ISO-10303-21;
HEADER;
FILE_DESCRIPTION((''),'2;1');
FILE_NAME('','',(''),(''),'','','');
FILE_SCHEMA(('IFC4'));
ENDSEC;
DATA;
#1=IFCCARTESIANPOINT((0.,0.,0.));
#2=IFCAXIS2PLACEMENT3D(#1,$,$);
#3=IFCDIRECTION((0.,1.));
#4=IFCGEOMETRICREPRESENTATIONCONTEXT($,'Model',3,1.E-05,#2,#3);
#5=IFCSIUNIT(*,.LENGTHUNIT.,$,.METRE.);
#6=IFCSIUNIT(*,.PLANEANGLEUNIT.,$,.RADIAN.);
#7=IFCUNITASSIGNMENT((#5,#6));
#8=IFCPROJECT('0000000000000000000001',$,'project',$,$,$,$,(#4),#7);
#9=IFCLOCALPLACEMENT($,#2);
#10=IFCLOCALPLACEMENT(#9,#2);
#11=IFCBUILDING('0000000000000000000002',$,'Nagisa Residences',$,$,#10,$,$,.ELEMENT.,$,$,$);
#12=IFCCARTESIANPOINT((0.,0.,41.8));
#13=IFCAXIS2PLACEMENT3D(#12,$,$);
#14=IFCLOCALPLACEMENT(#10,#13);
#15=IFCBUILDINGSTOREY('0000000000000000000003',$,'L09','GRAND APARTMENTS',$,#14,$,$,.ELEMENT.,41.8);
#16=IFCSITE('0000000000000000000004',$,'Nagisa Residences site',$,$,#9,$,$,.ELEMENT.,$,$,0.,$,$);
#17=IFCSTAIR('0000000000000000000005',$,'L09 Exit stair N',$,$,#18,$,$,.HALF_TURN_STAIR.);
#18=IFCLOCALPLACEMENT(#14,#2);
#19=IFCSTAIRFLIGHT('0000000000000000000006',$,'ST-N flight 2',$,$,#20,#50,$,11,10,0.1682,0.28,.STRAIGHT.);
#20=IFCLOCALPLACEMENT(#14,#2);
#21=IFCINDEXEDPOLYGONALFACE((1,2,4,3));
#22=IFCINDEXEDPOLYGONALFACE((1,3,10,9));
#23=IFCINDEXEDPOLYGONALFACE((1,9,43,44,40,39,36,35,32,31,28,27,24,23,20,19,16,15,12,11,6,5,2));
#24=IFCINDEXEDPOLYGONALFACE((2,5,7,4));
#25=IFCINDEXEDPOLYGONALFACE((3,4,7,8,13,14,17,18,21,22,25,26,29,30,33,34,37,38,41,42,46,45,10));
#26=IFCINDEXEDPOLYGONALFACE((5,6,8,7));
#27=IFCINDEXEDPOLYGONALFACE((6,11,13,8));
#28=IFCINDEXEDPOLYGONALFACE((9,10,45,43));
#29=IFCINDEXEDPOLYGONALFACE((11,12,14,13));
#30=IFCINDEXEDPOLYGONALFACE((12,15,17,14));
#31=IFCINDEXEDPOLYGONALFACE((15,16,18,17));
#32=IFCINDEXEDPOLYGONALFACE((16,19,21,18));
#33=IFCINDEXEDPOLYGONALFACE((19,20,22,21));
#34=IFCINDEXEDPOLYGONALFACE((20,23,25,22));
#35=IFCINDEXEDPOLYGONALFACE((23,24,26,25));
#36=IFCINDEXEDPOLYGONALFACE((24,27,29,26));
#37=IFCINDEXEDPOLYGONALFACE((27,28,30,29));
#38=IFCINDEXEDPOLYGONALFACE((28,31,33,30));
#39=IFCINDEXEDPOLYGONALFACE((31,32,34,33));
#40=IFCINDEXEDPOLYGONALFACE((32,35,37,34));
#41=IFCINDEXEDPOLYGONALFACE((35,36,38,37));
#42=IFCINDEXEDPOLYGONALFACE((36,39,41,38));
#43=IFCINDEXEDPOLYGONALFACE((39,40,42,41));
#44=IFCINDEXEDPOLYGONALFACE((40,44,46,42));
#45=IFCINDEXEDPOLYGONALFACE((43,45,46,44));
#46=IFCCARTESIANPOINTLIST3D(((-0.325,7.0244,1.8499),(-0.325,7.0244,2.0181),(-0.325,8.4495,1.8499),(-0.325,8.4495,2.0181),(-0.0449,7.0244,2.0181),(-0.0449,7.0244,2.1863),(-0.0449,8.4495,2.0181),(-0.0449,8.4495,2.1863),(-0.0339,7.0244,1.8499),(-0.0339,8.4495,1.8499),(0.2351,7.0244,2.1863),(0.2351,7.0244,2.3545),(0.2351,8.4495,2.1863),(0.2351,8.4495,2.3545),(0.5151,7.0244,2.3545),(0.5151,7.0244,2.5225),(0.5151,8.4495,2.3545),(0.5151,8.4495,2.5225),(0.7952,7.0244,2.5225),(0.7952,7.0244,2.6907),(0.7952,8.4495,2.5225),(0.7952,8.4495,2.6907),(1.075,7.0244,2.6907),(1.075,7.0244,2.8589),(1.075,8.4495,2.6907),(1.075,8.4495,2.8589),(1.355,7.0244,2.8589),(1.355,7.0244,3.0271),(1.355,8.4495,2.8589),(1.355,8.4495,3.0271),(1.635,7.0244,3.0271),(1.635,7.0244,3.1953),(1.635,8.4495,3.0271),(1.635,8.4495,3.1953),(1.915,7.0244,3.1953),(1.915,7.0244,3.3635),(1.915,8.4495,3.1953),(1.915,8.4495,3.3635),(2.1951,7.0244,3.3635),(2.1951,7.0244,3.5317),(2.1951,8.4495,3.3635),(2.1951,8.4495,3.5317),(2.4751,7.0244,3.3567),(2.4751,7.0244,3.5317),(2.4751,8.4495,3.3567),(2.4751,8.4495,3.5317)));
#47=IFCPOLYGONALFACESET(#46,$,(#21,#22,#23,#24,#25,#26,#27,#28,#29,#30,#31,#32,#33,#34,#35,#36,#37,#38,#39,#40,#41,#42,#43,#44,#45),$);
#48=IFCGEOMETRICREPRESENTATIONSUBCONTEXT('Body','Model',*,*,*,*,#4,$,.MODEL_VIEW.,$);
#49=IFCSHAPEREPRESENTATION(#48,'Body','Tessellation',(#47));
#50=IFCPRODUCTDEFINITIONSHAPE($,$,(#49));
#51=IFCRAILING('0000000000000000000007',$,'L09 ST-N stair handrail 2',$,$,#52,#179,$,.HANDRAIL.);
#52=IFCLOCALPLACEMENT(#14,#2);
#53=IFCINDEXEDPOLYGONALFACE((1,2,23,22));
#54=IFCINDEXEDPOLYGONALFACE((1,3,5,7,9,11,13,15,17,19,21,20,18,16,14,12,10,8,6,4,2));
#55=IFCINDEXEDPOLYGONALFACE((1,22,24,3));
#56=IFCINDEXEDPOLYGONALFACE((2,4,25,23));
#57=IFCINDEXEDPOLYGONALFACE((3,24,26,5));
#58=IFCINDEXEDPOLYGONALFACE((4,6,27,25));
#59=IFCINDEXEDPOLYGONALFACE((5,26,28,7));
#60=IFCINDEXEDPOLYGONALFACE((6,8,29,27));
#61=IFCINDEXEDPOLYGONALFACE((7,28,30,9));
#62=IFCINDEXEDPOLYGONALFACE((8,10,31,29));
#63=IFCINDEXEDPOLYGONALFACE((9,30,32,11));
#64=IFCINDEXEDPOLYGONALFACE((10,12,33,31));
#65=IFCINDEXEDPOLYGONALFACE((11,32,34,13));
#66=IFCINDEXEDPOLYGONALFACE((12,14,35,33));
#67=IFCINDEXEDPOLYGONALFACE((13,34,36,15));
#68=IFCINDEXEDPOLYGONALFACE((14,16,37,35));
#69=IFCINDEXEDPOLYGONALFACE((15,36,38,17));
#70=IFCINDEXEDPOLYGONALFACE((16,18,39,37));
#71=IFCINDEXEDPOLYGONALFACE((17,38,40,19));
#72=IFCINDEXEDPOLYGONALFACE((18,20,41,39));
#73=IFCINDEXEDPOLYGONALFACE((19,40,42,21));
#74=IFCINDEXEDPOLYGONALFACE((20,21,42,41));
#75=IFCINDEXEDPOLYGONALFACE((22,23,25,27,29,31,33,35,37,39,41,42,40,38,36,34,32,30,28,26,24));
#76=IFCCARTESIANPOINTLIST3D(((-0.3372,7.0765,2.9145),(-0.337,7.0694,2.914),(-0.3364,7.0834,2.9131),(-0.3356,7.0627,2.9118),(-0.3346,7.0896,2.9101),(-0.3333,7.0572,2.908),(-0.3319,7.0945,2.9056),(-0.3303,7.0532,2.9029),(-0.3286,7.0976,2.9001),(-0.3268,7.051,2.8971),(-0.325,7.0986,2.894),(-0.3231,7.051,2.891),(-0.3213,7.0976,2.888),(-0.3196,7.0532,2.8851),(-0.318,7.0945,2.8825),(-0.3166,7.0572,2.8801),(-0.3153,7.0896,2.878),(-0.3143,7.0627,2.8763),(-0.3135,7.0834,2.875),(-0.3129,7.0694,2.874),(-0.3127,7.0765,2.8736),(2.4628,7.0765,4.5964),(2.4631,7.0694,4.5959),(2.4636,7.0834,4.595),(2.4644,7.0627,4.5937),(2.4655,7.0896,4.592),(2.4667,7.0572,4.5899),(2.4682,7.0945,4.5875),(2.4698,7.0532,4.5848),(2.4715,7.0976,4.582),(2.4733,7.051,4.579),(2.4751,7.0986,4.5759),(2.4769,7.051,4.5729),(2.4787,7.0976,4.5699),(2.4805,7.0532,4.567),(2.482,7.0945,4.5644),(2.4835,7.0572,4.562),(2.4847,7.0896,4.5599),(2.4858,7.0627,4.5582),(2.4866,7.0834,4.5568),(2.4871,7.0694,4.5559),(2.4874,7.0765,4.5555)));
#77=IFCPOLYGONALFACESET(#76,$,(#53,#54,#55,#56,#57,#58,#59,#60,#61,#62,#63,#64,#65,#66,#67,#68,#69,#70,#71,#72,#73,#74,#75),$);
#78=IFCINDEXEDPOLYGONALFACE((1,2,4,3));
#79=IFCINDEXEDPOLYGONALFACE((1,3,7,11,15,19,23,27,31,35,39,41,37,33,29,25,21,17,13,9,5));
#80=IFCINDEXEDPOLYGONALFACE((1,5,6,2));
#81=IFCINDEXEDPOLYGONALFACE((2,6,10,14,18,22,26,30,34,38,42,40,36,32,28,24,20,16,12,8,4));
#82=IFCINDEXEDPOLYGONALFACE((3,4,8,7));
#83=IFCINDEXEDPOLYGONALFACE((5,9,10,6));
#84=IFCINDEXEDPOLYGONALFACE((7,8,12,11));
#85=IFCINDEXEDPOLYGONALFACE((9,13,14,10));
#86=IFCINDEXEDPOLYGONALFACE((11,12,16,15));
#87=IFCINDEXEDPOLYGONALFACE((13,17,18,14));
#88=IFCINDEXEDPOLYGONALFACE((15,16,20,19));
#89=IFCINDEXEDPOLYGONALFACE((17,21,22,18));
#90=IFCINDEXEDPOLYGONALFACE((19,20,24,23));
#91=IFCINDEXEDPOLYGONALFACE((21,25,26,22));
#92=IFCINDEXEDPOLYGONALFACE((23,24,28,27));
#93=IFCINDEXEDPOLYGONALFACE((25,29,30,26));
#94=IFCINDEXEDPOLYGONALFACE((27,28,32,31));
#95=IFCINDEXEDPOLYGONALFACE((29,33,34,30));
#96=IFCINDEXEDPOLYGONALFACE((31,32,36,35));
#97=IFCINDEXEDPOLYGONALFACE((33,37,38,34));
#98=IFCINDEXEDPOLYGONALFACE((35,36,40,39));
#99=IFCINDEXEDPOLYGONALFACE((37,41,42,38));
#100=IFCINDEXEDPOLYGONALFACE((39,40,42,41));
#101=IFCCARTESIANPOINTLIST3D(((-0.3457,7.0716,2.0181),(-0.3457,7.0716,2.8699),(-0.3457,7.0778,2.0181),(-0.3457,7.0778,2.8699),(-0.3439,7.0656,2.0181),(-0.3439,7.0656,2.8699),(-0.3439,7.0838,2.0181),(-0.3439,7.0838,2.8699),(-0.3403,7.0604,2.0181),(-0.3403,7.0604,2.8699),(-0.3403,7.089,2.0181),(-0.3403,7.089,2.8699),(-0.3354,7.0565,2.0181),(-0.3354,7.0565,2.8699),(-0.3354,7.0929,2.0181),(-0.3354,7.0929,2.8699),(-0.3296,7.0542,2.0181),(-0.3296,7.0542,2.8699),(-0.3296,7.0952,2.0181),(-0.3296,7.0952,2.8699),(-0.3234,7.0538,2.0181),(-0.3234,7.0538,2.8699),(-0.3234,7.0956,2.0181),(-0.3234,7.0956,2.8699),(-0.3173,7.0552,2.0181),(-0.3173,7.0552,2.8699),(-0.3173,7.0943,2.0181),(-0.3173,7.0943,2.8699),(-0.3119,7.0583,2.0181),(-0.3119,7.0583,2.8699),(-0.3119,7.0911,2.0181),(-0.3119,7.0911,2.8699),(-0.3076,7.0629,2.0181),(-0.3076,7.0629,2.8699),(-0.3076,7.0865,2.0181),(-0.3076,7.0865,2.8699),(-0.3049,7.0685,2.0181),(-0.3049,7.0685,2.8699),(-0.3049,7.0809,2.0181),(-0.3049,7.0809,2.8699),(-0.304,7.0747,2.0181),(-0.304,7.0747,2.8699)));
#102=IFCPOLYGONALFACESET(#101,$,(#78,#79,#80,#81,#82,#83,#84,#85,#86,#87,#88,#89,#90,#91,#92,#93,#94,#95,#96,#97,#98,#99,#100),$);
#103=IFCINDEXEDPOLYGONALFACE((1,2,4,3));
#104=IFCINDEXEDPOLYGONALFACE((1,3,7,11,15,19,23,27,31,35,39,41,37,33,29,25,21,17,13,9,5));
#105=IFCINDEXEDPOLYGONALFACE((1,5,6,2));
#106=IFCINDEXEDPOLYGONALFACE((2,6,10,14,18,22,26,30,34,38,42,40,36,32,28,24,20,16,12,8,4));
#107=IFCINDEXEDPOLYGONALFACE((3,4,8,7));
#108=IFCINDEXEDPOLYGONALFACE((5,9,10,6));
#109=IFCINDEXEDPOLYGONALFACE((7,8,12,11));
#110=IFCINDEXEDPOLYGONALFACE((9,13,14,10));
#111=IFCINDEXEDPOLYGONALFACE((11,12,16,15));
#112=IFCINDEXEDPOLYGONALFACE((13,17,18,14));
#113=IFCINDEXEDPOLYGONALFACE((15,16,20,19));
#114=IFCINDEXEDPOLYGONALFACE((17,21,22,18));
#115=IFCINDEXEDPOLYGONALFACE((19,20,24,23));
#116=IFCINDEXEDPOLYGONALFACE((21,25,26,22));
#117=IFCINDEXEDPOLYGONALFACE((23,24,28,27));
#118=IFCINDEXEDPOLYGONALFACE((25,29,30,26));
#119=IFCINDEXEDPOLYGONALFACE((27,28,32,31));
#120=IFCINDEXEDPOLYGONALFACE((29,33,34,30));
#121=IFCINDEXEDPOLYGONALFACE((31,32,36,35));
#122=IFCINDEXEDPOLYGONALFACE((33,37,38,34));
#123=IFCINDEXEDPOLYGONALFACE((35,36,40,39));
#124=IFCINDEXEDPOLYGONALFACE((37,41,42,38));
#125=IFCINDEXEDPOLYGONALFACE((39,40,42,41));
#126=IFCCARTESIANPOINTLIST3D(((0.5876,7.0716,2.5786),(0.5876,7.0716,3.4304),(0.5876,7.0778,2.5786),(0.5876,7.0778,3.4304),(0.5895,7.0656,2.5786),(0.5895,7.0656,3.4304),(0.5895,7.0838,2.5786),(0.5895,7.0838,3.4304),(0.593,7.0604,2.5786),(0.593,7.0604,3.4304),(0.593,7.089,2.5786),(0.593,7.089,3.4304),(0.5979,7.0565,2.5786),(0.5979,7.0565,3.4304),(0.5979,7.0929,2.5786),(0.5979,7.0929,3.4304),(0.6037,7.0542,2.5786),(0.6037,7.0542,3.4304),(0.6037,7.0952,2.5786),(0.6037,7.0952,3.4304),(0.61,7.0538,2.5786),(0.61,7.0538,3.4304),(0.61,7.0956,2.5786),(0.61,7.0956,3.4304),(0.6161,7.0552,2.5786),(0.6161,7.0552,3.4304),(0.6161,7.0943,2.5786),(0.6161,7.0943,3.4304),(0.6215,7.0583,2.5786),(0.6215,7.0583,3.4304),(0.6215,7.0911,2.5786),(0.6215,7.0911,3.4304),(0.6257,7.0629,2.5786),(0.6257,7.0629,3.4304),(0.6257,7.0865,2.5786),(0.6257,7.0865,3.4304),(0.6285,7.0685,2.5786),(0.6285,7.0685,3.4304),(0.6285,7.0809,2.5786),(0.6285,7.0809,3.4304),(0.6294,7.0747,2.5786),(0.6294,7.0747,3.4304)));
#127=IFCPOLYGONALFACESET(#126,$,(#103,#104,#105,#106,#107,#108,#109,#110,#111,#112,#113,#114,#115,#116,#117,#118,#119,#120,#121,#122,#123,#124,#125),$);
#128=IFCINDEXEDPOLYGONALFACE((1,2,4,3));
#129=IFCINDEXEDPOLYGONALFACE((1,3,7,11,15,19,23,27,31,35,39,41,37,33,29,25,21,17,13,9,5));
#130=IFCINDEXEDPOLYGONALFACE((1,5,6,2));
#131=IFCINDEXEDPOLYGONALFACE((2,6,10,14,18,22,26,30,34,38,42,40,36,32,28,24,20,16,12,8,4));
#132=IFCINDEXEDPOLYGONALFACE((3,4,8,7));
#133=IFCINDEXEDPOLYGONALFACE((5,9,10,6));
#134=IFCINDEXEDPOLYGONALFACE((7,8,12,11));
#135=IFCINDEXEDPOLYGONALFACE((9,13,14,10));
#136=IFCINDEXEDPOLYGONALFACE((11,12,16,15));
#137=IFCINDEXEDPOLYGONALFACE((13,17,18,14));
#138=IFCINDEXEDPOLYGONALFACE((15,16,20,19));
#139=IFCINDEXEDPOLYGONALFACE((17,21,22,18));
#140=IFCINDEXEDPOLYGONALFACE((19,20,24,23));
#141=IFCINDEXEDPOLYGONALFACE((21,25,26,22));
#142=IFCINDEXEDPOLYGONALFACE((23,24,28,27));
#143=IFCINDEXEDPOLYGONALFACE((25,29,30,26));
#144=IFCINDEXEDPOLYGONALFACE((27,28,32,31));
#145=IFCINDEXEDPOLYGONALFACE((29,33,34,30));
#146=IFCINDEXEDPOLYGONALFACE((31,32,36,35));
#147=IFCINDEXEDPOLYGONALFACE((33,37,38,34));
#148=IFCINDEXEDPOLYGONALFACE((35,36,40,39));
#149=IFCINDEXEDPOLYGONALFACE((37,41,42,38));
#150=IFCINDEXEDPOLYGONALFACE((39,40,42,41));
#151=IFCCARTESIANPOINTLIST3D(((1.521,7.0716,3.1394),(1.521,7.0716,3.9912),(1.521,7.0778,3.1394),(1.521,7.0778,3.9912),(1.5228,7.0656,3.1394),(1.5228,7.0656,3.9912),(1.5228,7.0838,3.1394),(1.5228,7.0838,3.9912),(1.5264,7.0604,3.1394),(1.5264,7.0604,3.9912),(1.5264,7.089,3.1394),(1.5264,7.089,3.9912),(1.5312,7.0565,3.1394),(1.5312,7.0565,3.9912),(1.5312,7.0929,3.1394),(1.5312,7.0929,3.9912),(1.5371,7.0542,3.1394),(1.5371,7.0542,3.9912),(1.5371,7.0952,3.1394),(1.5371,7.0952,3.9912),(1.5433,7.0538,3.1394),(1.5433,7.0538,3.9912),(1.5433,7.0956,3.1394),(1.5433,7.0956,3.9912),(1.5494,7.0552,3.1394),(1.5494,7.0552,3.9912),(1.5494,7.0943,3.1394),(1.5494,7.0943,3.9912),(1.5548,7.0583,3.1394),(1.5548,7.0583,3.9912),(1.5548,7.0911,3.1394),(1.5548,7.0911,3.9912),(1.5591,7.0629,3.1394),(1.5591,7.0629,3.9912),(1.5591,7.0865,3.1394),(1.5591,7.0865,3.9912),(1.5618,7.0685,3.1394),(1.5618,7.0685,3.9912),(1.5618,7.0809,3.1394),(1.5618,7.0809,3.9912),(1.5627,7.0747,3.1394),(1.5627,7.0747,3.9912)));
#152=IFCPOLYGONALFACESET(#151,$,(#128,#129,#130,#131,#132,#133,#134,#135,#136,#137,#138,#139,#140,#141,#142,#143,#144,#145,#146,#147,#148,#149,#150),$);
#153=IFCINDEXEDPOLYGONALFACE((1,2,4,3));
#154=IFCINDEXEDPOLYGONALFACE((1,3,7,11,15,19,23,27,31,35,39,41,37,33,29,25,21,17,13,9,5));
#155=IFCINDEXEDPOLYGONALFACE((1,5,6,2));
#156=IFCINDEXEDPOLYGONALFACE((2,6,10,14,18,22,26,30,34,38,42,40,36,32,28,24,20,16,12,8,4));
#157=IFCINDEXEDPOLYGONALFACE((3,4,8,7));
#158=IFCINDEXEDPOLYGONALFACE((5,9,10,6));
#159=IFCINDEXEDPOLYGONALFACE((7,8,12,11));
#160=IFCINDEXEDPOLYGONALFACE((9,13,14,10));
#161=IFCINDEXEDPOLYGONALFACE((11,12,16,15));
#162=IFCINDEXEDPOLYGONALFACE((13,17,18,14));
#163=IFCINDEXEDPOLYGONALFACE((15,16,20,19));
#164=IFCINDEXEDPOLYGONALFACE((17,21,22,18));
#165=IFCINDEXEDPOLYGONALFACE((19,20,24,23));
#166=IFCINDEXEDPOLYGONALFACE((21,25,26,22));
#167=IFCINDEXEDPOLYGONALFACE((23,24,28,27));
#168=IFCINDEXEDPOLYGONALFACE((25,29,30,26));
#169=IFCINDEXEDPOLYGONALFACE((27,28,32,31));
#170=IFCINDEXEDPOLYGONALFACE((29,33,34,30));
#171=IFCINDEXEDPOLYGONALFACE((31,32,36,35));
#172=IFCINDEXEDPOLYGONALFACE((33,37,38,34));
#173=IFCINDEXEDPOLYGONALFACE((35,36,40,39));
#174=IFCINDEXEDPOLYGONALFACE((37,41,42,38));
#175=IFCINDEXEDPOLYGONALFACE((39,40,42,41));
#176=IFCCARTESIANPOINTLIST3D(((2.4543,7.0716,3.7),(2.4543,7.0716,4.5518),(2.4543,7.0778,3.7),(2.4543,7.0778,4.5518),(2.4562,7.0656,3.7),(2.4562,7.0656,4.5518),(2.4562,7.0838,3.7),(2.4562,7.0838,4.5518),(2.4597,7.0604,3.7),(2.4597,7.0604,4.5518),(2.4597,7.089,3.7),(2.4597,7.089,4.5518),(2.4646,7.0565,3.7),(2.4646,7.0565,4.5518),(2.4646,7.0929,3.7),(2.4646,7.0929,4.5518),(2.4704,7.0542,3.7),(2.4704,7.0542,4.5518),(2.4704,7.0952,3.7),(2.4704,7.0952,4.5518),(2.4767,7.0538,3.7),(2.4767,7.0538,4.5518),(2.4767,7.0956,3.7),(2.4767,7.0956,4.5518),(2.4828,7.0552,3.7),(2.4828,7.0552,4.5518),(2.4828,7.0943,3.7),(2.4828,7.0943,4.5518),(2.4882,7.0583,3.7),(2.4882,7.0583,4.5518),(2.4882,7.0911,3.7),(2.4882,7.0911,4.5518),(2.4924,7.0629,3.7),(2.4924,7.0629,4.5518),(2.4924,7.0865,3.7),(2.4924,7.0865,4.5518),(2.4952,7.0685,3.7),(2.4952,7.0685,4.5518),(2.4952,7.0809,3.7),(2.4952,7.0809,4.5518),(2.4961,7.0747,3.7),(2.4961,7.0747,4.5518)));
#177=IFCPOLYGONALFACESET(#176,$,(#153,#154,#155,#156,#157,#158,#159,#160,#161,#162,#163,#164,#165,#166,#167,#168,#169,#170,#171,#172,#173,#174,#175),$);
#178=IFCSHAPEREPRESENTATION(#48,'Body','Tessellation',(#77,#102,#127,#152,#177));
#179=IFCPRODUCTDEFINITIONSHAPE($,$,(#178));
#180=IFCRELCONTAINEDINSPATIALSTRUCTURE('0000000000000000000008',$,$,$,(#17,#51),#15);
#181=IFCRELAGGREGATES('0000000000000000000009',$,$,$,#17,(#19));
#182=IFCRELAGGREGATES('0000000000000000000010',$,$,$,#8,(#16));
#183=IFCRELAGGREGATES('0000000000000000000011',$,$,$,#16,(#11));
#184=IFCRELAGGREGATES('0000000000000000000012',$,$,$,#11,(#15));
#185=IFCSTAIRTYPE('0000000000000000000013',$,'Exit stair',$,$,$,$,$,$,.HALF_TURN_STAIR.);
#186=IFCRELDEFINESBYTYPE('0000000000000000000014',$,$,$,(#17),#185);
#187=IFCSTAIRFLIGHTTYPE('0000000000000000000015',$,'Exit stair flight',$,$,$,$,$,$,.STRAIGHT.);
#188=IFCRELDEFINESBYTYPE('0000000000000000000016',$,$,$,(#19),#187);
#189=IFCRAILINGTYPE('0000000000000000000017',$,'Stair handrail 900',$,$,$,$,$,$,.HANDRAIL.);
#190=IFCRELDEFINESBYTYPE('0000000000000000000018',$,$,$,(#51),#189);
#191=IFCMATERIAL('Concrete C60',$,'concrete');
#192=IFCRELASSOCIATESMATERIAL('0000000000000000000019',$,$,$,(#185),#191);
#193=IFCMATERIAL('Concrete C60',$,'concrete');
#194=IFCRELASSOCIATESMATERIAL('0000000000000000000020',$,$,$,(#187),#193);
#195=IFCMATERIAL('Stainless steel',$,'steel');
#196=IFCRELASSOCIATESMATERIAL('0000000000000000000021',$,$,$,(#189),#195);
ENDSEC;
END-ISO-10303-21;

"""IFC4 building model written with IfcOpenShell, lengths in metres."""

from ifc_helpers import new_model, si_unit, direction, frame, origin, origin_2d, place, context, subcontext, project, spatial, polyline, circle, outline, extrude, material, type_object, element, aggregate, save


model = new_model("IFC4")

# Units and contexts
model_context = context("Model", 3, precision=1e-05, world=origin(), true_north=direction((0.0, 1.0)))
body_context = subcontext(model_context, "Body", "Model", "MODEL_VIEW")
ifc_project = project(units=[si_unit("LENGTHUNIT", "METRE"), si_unit("PLANEANGLEUNIT", "RADIAN")], contexts=[model_context])

# Site, building, storey
site_placement = place(None, origin())
site = spatial("IfcSite", under=ifc_project, at=site_placement, Name="Nagisa Residences site", CompositionType="ELEMENT", RefElevation=0.0)
building_placement = place(site_placement, origin())
building = spatial("IfcBuilding", under=site, at=building_placement, Name="Nagisa Residences", CompositionType="ELEMENT")
storey_placement = place(building_placement, frame((0.0, 0.0, 41.8)))
storey = spatial("IfcBuildingStorey", under=building, at=storey_placement, Name="L09", Description="GRAND APARTMENTS", CompositionType="ELEMENT", Elevation=41.8)

# Stair
ifc_material_1 = material(Name="Concrete C60", Category="concrete")
stair_type = type_object("IfcStairType", Name="Exit stair", PredefinedType="HALF_TURN_STAIR", material=ifc_material_1)
stair_1_placement = place(storey_placement, origin())
stair_1 = element("IfcStair", 1, at=stair_1_placement, inside=storey, type_object=stair_type, Name="L09 Exit stair N", PredefinedType="HALF_TURN_STAIR")

# Stair flight
ifc_material_2 = material(Name="Concrete C60", Category="concrete")
stair_flight_type = type_object("IfcStairFlightType", Name="Exit stair flight", PredefinedType="STRAIGHT", material=ifc_material_2)
stair_flight_placement = place(storey_placement, frame((-0.325, 7.7371, 1.8499), z_axis=(0.0, 0.0, 1.0), x_axis=(1.0, 0.0, 0.0)))
stair_flight = element("IfcStairFlight", 2, at=stair_flight_placement, type_object=stair_flight_type, Name="ST-N flight 2", NumberOfRisers=11, NumberOfTreads=10, PredefinedType="STRAIGHT", RiserHeight=0.1682, TreadLength=0.28, context=body_context, shape_type="SweptSolid", body=[
    extrude(outline(polyline([(0.0, 0.0), (0.0, 0.1682), (0.28, 0.1682), (0.28, 0.3364), (0.5601, 0.3364), (0.5601, 0.5046), (0.8401, 0.5046), (0.8401, 0.6726), (1.1201, 0.6726), (1.1201, 0.8408), (1.3999, 0.8408), (1.3999, 1.009), (1.6799, 1.009), (1.6799, 1.1772), (1.96, 1.1772), (1.96, 1.3455), (2.24, 1.3455), (2.24, 1.5137), (2.52, 1.5137), (2.52, 1.6819), (2.8, 1.6819), (2.8, 1.8501), (2.8, 1.5068), (0.291, 0.0), (0.0, 0.0)])), frame((0.0, 0.7124, 0.0), z_axis=(0.0, -1.0, 0.0), x_axis=(1.0, 0.0, 0.0)), (0.0, 0.0, 1.0), 1.425),
])
aggregate(stair_1, [stair_flight])

# Railing
ifc_material_3 = material(Name="Stainless steel", Category="steel")
railing_type = type_object("IfcRailingType", Name="Stair handrail 900", PredefinedType="HANDRAIL", material=ifc_material_3)
railing_placement = place(storey_placement, frame((-0.325, 7.0747, 2.0181)))
element("IfcRailing", 3, at=railing_placement, inside=storey, type_object=railing_type, Name="L09 ST-N stair handrail 2", PredefinedType="HANDRAIL", context=body_context, shape_type="SweptSolid", body=[
    extrude(circle(Radius=0.0239, at=origin_2d()), frame((0.0, 0.0, 0.876), z_axis=(0.857242, 0.0, 0.514913), x_axis=(0.0, 1.0, 0.0)), (0.0, 0.0, 1.0), 3.2664),
    extrude(circle(Radius=0.021, at=origin_2d()), origin(), (0.0, 0.0, 1.0), 0.8518),
    extrude(circle(Radius=0.021, at=origin_2d()), frame((0.9333, 0.0, 0.5605)), (0.0, 0.0, 1.0), 0.8518),
    extrude(circle(Radius=0.021, at=origin_2d()), frame((1.8667, 0.0, 1.1213)), (0.0, 0.0, 1.0), 0.8518),
    extrude(circle(Radius=0.021, at=origin_2d()), frame((2.8, 0.0, 1.6819)), (0.0, 0.0, 1.0), 0.8518),
])

save(model, "model.ifc")
